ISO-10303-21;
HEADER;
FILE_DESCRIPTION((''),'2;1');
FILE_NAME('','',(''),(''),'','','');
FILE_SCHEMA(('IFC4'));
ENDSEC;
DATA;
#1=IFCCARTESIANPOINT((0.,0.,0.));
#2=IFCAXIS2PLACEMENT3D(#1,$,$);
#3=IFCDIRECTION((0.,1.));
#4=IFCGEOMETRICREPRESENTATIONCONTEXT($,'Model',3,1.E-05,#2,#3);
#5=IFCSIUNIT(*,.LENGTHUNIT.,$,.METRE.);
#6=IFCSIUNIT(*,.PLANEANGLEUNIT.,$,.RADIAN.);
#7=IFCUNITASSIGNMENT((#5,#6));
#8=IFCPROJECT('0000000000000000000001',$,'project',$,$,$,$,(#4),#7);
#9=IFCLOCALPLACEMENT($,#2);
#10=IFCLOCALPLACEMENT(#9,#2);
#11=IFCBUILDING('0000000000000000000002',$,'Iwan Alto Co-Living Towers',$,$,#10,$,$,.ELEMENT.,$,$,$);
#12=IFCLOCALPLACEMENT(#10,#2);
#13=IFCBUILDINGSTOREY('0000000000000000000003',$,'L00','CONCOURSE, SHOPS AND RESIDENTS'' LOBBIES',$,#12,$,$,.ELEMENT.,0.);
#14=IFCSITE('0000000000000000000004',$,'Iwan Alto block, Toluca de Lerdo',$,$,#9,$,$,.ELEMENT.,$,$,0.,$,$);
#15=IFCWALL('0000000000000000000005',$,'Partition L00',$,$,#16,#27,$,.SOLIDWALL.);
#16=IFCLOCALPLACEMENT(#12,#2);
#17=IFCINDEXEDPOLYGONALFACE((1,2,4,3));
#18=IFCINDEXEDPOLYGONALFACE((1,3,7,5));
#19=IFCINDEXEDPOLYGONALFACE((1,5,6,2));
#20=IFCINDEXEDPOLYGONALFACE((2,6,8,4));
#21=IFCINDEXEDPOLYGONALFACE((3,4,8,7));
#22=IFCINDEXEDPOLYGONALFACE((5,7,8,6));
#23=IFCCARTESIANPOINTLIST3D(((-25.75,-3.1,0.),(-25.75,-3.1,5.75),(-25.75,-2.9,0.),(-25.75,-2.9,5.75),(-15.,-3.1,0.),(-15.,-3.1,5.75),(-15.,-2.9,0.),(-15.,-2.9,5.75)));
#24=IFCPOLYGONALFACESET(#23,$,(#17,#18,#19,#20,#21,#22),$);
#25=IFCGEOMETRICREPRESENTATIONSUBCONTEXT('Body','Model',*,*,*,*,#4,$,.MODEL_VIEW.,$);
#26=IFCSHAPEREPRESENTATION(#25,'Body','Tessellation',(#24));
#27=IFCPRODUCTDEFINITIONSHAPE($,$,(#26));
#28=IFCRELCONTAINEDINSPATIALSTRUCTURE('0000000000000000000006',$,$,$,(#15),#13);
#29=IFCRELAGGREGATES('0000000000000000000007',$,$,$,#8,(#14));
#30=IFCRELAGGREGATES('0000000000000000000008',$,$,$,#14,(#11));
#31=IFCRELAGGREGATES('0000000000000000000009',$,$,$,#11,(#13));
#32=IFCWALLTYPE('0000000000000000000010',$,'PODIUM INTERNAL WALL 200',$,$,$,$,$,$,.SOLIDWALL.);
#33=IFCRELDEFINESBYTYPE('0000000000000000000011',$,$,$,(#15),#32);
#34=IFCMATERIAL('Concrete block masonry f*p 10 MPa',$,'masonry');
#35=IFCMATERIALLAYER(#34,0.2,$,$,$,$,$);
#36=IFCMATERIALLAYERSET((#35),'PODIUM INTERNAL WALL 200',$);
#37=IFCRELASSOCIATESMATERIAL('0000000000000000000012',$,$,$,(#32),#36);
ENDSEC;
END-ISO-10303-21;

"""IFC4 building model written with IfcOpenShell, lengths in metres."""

from ifc_helpers import new_model, si_unit, direction, frame, frame_2d, origin, place, context, subcontext, project, spatial, rectangle, extrude, material, layer, layer_set, type_object, element, save


model = new_model("IFC4")

# Units and contexts
model_context = context("Model", 3, precision=1e-05, world=origin(), true_north=direction((0.0, 1.0)))
body_context = subcontext(model_context, "Body", "Model", "MODEL_VIEW")
ifc_project = project(units=[si_unit("LENGTHUNIT", "METRE"), si_unit("PLANEANGLEUNIT", "RADIAN")], contexts=[model_context])

# Site, building, storey
site_placement = place(None, origin())
site = spatial("IfcSite", under=ifc_project, at=site_placement, Name="Iwan Alto block, Toluca de Lerdo", CompositionType="ELEMENT", RefElevation=0.0)
building_placement = place(site_placement, origin())
building = spatial("IfcBuilding", under=site, at=building_placement, Name="Iwan Alto Co-Living Towers", CompositionType="ELEMENT")
storey_placement = place(building_placement, origin())
storey = spatial("IfcBuildingStorey", under=building, at=storey_placement, Name="L00", Description="CONCOURSE, SHOPS AND RESIDENTS' LOBBIES", CompositionType="ELEMENT", Elevation=0.0)

# Wall
ifc_material_1 = material(Name="Concrete block masonry f*p 10 MPa", Category="masonry")
ifc_layer = layer(ifc_material_1, 0.2)
ifc_layer_set = layer_set([ifc_layer], Name="PODIUM INTERNAL WALL 200")
wall_type = type_object("IfcWallType", Name="PODIUM INTERNAL WALL 200", PredefinedType="SOLIDWALL", material=ifc_layer_set)
wall_placement = place(storey_placement, frame((-25.75, -3.0, 0.0), z_axis=(0.0, 0.0, 1.0), x_axis=(1.0, 0.0, 0.0)))
element("IfcWall", 1, at=wall_placement, inside=storey, type_object=wall_type, Name="Partition L00", PredefinedType="SOLIDWALL", context=body_context, shape_type="SweptSolid", body=[
    extrude(rectangle(XDim=10.75, YDim=0.2, at=frame_2d((5.375, 0.0))), origin(), (0.0, 0.0, 1.0), 5.75),
])

save(model, "model.ifc")
